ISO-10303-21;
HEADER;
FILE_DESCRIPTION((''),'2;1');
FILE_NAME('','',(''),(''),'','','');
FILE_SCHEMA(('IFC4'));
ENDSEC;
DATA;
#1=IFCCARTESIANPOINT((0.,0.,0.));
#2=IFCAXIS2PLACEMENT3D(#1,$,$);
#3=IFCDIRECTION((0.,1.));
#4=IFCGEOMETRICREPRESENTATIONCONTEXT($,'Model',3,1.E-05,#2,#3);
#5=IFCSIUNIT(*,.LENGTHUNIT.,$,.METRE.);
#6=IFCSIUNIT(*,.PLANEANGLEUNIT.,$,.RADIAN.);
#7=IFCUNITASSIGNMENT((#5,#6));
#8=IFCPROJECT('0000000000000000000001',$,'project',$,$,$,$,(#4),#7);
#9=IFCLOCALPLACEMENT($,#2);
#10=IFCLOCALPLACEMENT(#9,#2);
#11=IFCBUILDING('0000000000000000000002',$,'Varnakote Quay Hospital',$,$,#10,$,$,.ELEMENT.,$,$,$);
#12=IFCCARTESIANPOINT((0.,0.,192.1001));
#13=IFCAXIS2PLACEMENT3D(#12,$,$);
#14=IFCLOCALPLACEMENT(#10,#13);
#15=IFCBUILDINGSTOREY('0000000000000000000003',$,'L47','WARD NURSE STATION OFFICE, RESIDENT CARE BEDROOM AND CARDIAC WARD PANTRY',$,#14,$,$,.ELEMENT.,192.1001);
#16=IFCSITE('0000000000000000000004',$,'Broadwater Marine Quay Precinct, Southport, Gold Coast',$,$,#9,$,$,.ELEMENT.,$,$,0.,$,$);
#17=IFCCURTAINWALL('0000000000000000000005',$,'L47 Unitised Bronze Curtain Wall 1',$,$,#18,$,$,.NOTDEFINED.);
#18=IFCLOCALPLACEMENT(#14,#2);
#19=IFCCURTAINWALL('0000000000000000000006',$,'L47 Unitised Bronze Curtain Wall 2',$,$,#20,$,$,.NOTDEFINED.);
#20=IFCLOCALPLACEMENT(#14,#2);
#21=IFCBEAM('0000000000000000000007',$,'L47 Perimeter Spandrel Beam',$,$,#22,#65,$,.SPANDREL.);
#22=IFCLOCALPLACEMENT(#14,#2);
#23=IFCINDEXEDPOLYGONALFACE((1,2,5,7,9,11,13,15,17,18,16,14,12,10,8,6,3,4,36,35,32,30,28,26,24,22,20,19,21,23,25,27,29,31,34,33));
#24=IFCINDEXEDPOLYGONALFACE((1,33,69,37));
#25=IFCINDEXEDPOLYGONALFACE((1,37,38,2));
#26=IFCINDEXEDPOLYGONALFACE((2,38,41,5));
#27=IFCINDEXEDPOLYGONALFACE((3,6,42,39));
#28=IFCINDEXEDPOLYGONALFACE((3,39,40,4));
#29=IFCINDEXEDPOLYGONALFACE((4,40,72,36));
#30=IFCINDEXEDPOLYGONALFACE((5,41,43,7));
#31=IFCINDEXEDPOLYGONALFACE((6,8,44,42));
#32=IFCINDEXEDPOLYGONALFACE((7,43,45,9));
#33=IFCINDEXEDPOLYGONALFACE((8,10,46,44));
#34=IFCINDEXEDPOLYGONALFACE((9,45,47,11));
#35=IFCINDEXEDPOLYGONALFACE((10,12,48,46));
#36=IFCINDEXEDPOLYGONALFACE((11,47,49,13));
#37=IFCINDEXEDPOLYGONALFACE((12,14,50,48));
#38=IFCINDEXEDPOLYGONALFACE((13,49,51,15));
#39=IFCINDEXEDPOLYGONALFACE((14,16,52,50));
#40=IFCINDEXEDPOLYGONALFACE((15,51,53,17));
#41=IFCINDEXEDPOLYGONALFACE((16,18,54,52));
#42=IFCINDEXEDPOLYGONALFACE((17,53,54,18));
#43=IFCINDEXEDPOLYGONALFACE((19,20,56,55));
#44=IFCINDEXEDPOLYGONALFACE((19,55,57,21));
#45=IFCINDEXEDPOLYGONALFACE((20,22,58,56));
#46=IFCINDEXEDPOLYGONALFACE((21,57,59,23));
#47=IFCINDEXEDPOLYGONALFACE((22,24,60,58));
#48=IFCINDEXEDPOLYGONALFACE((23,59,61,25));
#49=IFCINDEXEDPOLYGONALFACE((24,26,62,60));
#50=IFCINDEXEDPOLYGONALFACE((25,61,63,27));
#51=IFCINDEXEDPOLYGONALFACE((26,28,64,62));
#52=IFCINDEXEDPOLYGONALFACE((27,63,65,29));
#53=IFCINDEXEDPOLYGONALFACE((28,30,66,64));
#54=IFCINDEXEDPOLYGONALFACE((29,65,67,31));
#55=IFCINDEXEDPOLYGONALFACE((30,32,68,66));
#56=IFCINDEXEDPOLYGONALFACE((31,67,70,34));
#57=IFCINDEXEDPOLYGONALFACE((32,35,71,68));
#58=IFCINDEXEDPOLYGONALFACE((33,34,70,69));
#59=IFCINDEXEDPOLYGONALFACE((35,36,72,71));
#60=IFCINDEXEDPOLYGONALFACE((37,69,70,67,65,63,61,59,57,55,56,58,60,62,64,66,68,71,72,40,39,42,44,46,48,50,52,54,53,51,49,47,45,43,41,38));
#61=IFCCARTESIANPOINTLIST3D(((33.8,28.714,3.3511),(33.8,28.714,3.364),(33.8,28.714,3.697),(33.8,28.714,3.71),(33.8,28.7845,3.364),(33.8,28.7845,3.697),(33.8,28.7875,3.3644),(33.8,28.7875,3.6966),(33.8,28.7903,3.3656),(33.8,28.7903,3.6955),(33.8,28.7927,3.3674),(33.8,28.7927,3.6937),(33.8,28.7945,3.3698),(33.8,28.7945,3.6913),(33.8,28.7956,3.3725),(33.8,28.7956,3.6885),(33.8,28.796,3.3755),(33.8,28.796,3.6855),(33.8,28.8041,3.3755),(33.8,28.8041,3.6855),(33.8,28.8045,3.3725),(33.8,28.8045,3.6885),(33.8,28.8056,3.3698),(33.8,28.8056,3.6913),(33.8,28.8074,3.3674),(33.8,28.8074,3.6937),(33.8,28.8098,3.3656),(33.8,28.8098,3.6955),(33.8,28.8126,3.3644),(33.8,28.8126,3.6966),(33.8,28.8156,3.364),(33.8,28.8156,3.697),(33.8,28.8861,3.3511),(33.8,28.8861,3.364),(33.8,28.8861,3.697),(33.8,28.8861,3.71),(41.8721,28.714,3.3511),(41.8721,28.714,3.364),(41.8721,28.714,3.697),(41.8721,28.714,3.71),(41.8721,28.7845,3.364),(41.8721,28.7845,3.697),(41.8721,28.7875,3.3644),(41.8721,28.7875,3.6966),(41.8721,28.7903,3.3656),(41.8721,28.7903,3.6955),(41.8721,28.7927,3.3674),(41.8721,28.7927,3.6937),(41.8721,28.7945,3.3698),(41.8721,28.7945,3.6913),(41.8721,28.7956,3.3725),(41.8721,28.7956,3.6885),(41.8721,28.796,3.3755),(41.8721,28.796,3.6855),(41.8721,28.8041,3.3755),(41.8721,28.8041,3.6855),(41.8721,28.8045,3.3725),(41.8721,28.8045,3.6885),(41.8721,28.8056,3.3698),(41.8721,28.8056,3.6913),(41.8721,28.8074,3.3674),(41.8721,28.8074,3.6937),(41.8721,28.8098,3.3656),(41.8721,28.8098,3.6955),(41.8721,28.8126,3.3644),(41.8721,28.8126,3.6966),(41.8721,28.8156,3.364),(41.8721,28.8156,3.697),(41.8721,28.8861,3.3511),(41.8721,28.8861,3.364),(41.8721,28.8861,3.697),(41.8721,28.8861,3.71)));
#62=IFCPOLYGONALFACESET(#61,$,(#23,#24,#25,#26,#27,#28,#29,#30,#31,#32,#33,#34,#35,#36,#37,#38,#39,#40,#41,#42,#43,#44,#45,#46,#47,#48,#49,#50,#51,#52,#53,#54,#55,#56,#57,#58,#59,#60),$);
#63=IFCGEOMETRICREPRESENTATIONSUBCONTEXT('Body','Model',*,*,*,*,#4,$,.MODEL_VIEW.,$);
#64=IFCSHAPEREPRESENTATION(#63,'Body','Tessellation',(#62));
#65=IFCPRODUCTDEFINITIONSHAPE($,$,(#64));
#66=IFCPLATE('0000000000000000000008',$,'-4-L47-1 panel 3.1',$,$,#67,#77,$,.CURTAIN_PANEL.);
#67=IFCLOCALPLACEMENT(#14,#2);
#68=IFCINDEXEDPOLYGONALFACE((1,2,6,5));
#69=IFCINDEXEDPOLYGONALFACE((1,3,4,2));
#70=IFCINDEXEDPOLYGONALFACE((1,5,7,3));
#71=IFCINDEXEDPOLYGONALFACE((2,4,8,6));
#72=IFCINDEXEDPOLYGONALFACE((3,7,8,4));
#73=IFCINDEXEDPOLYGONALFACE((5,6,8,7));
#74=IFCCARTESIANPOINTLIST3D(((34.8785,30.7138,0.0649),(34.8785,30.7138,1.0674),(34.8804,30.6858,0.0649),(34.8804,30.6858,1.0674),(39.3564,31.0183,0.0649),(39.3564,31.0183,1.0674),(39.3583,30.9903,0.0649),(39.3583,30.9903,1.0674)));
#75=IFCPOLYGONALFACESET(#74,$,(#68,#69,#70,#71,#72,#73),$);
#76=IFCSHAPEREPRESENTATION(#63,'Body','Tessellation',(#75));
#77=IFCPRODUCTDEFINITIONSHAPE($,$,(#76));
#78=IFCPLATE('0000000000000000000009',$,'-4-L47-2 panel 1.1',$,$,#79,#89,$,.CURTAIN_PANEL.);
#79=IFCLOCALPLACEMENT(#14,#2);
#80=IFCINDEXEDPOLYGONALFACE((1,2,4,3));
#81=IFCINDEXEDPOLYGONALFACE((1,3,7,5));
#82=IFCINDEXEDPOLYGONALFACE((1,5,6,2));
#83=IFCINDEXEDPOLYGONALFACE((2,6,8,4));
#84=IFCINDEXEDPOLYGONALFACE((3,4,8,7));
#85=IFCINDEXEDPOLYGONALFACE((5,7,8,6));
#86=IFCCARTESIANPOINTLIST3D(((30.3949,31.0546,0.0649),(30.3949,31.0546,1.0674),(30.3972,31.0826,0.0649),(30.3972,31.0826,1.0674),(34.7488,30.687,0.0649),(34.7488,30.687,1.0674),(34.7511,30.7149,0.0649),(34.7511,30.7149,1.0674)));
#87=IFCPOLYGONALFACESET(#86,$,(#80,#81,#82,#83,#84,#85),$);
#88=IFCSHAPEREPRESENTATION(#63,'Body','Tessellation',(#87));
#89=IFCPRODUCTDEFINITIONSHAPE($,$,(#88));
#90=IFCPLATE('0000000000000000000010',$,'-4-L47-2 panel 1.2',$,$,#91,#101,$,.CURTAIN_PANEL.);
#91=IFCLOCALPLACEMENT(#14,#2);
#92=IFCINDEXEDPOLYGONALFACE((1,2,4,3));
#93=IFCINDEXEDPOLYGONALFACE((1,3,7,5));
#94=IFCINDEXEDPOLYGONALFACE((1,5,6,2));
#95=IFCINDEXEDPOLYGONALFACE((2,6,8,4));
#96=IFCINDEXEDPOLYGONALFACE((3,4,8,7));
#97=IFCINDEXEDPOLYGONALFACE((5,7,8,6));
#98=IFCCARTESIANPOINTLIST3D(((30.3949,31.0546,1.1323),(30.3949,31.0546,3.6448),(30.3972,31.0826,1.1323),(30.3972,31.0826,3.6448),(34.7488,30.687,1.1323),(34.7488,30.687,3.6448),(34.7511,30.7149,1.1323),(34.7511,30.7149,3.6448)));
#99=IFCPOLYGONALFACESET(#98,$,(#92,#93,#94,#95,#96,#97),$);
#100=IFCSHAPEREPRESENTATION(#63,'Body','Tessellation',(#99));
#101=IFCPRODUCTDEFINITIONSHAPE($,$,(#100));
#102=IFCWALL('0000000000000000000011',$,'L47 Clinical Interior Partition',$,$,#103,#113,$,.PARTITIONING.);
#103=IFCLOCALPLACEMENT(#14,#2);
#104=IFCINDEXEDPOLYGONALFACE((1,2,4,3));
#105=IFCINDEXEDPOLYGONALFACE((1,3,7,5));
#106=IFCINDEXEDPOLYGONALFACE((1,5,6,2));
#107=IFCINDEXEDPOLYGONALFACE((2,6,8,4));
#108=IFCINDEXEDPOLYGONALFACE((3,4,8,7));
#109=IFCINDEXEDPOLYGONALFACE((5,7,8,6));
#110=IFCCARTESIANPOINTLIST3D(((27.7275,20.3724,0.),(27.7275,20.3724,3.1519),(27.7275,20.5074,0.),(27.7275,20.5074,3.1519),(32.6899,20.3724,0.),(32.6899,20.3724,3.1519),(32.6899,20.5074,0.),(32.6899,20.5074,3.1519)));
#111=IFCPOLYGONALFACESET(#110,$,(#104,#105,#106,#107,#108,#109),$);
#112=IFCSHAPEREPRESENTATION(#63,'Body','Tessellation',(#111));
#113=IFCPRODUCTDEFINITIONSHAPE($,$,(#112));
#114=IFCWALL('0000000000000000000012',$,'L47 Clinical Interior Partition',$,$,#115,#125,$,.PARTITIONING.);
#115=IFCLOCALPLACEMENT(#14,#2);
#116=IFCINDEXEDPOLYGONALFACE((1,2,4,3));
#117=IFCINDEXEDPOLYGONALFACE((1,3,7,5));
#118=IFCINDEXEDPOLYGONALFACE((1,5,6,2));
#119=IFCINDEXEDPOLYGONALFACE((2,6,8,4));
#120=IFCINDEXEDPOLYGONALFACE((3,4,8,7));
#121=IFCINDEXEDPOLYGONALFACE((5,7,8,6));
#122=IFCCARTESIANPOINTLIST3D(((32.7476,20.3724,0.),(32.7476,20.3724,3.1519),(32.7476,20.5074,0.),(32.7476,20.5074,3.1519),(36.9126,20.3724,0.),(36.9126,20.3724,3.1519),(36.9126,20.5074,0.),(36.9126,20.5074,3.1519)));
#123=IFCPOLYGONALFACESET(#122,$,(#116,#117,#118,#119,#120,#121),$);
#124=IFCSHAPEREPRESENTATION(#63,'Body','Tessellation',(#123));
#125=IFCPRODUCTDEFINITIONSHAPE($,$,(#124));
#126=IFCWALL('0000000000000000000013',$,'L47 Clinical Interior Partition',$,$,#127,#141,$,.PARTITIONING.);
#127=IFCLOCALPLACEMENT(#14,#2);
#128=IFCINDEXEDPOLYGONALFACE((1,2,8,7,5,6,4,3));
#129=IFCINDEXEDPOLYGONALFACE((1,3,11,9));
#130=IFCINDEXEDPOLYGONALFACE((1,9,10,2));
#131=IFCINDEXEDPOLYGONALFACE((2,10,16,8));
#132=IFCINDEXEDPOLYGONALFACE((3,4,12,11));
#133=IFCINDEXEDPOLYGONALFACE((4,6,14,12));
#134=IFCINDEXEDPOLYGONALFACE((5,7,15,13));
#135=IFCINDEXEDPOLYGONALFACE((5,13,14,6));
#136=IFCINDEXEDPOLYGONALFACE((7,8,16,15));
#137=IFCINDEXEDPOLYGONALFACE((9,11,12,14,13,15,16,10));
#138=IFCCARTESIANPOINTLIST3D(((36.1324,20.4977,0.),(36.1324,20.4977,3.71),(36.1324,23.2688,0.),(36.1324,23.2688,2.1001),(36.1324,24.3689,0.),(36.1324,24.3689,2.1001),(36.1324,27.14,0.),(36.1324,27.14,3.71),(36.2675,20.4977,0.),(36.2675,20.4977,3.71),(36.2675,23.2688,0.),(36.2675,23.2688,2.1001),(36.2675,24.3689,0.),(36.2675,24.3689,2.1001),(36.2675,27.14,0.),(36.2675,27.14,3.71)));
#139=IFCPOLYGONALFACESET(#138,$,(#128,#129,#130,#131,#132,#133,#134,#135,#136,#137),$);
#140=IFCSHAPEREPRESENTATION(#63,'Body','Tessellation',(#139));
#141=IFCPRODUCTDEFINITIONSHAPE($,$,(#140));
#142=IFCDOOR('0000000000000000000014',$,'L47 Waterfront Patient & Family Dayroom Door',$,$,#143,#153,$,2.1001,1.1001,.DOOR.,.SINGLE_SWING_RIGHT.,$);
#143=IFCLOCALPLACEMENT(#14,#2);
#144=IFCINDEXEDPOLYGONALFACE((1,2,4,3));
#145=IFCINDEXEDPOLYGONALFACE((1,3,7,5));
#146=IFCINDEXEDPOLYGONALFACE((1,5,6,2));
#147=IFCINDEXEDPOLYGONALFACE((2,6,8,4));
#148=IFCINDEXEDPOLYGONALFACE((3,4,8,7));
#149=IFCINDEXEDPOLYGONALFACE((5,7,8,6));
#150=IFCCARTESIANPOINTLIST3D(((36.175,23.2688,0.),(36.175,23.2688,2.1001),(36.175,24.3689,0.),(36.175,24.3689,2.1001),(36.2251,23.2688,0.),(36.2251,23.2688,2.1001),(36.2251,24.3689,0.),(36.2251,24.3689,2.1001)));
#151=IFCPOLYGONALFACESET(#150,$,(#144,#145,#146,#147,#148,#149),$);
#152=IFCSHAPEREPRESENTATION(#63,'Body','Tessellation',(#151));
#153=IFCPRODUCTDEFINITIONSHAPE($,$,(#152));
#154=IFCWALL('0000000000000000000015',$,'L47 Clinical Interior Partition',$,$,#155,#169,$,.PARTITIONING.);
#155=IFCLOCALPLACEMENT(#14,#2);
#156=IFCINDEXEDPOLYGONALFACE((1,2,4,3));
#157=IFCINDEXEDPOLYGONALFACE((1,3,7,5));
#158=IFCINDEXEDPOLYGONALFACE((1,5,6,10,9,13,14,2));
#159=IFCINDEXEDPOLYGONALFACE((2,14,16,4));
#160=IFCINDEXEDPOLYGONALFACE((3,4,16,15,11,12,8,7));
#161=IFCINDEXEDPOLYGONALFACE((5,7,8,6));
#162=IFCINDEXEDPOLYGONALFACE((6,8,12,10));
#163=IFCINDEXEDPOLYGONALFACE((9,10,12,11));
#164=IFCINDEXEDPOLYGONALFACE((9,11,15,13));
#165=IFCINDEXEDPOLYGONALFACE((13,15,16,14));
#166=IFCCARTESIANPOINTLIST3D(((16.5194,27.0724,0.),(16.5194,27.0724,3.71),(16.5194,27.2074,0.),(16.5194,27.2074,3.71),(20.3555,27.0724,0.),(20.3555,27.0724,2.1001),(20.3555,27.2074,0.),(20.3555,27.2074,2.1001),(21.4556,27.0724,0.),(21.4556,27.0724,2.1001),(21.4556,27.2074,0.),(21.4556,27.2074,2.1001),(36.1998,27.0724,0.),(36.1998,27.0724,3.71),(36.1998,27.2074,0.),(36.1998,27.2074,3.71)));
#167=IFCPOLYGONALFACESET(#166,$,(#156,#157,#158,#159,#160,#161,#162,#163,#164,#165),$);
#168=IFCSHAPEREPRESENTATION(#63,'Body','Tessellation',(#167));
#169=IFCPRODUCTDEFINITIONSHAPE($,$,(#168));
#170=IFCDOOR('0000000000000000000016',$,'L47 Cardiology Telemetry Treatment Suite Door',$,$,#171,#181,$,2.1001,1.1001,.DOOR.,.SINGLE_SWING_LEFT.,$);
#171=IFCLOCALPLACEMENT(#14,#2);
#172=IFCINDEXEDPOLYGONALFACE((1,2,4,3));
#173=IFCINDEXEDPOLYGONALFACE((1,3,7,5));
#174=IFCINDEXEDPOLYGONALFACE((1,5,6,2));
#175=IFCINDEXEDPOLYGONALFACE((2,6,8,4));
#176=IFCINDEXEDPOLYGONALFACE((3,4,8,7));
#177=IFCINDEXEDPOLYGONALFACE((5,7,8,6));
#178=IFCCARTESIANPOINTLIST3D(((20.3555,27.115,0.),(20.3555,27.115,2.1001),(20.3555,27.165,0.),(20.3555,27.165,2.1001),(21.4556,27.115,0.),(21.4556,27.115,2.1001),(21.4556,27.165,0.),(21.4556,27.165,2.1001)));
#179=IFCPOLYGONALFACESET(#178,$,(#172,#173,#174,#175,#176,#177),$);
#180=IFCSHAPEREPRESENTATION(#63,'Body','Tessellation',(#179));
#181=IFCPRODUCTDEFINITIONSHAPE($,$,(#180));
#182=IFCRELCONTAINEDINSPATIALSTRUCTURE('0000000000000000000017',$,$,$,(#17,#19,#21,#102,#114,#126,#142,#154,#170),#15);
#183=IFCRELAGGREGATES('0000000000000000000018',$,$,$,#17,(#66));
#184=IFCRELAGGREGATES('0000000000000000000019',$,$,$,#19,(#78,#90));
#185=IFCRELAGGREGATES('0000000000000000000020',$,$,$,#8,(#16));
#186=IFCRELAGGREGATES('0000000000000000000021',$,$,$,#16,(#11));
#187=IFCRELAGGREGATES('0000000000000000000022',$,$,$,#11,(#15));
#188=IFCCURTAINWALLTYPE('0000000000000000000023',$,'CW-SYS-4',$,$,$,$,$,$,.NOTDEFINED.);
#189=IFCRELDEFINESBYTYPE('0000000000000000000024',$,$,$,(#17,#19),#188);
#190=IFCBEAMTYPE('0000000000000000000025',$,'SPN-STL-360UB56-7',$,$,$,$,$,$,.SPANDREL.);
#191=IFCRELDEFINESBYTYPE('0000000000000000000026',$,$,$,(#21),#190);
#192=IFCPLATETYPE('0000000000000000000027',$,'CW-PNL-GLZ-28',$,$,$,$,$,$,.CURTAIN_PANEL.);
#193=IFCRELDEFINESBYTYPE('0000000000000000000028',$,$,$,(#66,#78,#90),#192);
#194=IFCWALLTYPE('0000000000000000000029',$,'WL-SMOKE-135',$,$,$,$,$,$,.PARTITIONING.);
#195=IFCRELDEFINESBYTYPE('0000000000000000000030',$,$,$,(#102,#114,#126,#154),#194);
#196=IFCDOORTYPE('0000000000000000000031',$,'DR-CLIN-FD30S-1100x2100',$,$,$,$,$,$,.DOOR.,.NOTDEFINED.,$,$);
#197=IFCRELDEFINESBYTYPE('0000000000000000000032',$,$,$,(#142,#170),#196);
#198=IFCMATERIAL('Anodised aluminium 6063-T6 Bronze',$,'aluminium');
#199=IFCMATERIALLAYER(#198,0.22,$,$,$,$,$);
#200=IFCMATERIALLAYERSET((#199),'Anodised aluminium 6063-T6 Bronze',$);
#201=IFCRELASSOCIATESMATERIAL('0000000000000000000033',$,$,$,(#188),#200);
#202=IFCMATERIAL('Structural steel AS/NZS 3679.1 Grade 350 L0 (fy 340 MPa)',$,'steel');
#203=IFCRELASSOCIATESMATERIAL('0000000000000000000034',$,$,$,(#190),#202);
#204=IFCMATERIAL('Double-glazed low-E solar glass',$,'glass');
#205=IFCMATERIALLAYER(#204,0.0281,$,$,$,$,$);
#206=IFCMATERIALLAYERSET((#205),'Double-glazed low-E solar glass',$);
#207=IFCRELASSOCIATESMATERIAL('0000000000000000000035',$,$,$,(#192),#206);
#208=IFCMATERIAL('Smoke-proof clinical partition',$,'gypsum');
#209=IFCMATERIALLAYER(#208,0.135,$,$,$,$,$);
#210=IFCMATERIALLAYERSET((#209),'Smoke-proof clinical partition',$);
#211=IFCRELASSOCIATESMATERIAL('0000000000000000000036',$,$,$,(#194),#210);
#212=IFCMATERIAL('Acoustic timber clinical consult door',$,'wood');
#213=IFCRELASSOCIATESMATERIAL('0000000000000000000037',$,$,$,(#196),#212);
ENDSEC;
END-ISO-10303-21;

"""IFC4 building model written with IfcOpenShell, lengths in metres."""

from ifc_helpers import new_model, si_unit, direction, frame, frame_2d, origin, origin_2d, place, context, subcontext, project, spatial, rectangle, i_section, extrude, material, layer, layer_set, material_profile, profile_set, type_object, element, fill, aggregate, save


model = new_model("IFC4")

# Units and contexts
model_context = context("Model", 3, precision=1e-05, world=origin(), true_north=direction((0.0, 1.0)))
body_context = subcontext(model_context, "Body", "Model", "MODEL_VIEW")
ifc_project = project(units=[si_unit("LENGTHUNIT", "METRE"), si_unit("PLANEANGLEUNIT", "RADIAN")], contexts=[model_context])

# Site, building, storey
site_placement = place(None, origin())
site = spatial("IfcSite", under=ifc_project, at=site_placement, Name="Broadwater Marine Quay Precinct, Southport, Gold Coast", CompositionType="ELEMENT", RefElevation=0.0)
building_placement = place(site_placement, origin())
building = spatial("IfcBuilding", under=site, at=building_placement, Name="Varnakote Quay Hospital", CompositionType="ELEMENT")
storey_placement = place(building_placement, frame((0.0, 0.0, 192.1001)))
storey = spatial("IfcBuildingStorey", under=building, at=storey_placement, Name="L47", Description="WARD NURSE STATION OFFICE, RESIDENT CARE BEDROOM AND CARDIAC WARD PANTRY", CompositionType="ELEMENT", Elevation=192.1001)

# Curtain wall
ifc_material_1 = material(Name="Anodised aluminium 6063-T6 Bronze", Category="aluminium")
ifc_layer_1 = layer(ifc_material_1, 0.22)
ifc_layer_set_1 = layer_set([ifc_layer_1], Name="Anodised aluminium 6063-T6 Bronze")
curtain_wall_type = type_object("IfcCurtainWallType", Name="CW-SYS-4", PredefinedType="NOTDEFINED", material=ifc_layer_set_1)
curtain_wall_1_placement = place(storey_placement, origin())
curtain_wall_1 = element("IfcCurtainWall", 1, at=curtain_wall_1_placement, inside=storey, type_object=curtain_wall_type, Name="L47 Unitised Bronze Curtain Wall 1", PredefinedType="NOTDEFINED")

# Curtain wall
curtain_wall_2_placement = place(storey_placement, origin())
curtain_wall_2 = element("IfcCurtainWall", 2, at=curtain_wall_2_placement, inside=storey, type_object=curtain_wall_type, Name="L47 Unitised Bronze Curtain Wall 2", PredefinedType="NOTDEFINED")

# Beam
ifc_material_2 = material(Name="Structural steel AS/NZS 3679.1 Grade 350 L0 (fy 340 MPa)", Category="steel")
ifc_material_profile_1 = material_profile(ifc_material_2, i_section(OverallWidth=0.1721, OverallDepth=0.3589, WebThickness=0.0081, FlangeThickness=0.0129, FilletRadius=0.0115, at=origin_2d()), Name="360UB56.7")
ifc_profile_set_1 = profile_set([ifc_material_profile_1], Name="Structural steel AS/NZS 3679.1 Grade 350 L0 (fy 340 MPa)")
beam_type_1 = type_object("IfcBeamType", Name="SPN-STL-360UB56-7", PredefinedType="SPANDREL", material=ifc_profile_set_1)
beam_1_placement = place(storey_placement, frame((33.8, 28.8, 3.5305), z_axis=(1.0, 0.0, 0.0), x_axis=(0.0, 1.0, 0.0)))
element("IfcBeam", 3, at=beam_1_placement, inside=storey, type_object=beam_type_1, Name="L47 Perimeter Spandrel Beam", PredefinedType="SPANDREL", context=body_context, shape_type="SweptSolid", body=[
    extrude(i_section(OverallWidth=0.1721, OverallDepth=0.3589, WebThickness=0.0081, FlangeThickness=0.0129, FilletRadius=0.0115, at=origin_2d()), origin(), (0.0, 0.0, 1.0), 8.072),
])

# Plates
ifc_material_3 = material(Name="Double-glazed low-E solar glass", Category="glass")
ifc_layer_2 = layer(ifc_material_3, 0.0281)
ifc_layer_set_2 = layer_set([ifc_layer_2], Name="Double-glazed low-E solar glass")
plate_type = type_object("IfcPlateType", Name="CW-PNL-GLZ-28", PredefinedType="CURTAIN_PANEL", material=ifc_layer_set_2)
plate_1_placement = place(storey_placement, frame((37.1184, 30.8521, 0.0649), z_axis=(0.0, 0.0, 1.0), x_axis=(-0.997696, -0.067842, 0.0)))
plate_1 = element("IfcPlate", 4, at=plate_1_placement, type_object=plate_type, Name="-4-L47-1 panel 3.1", PredefinedType="CURTAIN_PANEL", context=body_context, shape_type="SweptSolid", body=[
    extrude(rectangle(XDim=4.4883, YDim=0.0281, at=origin_2d()), origin(), (0.0, 0.0, 1.0), 1.0024),
])
aggregate(curtain_wall_1, [plate_1])
plate_2_placement = place(storey_placement, frame((32.573, 30.8848, 0.0649), z_axis=(0.0, 0.0, 1.0), x_axis=(-0.996454, 0.084136, 0.0)))
plate_2 = element("IfcPlate", 5, at=plate_2_placement, type_object=plate_type, Name="-4-L47-2 panel 1.1", PredefinedType="CURTAIN_PANEL", context=body_context, shape_type="SweptSolid", body=[
    extrude(rectangle(XDim=4.3694, YDim=0.0281, at=origin_2d()), origin(), (0.0, 0.0, 1.0), 1.0024),
])
plate_3_placement = place(storey_placement, frame((32.573, 30.8848, 1.1323), z_axis=(0.0, 0.0, 1.0), x_axis=(-0.996454, 0.084136, 0.0)))
plate_3 = element("IfcPlate", 6, at=plate_3_placement, type_object=plate_type, Name="-4-L47-2 panel 1.2", PredefinedType="CURTAIN_PANEL", context=body_context, shape_type="SweptSolid", body=[
    extrude(rectangle(XDim=4.3694, YDim=0.0281, at=origin_2d()), origin(), (0.0, 0.0, 1.0), 2.5125),
])
aggregate(curtain_wall_2, [plate_2, plate_3])

# Walls
ifc_material_4 = material(Name="Smoke-proof clinical partition", Category="gypsum")
ifc_layer_3 = layer(ifc_material_4, 0.135)
ifc_layer_set_3 = layer_set([ifc_layer_3], Name="Smoke-proof clinical partition")
wall_type = type_object("IfcWallType", Name="WL-SMOKE-135", PredefinedType="PARTITIONING", material=ifc_layer_set_3)
wall_1_placement = place(storey_placement, frame((32.6899, 20.4399, 0.0), z_axis=(0.0, 0.0, 1.0), x_axis=(-1.0, 0.0, 0.0)))
element("IfcWall", 7, at=wall_1_placement, inside=storey, type_object=wall_type, Name="L47 Clinical Interior Partition", PredefinedType="PARTITIONING", context=body_context, shape_type="SweptSolid", body=[
    extrude(rectangle(XDim=4.9624, YDim=0.135, at=frame_2d((2.4812, 0.0))), origin(), (0.0, 0.0, 1.0), 3.1519),
])
wall_2_placement = place(storey_placement, frame((36.9126, 20.4399, 0.0), z_axis=(0.0, 0.0, 1.0), x_axis=(-1.0, 0.0, 0.0)))
element("IfcWall", 8, at=wall_2_placement, inside=storey, type_object=wall_type, Name="L47 Clinical Interior Partition", PredefinedType="PARTITIONING", context=body_context, shape_type="SweptSolid", body=[
    extrude(rectangle(XDim=4.165, YDim=0.135, at=frame_2d((2.0825, 0.0))), origin(), (0.0, 0.0, 1.0), 3.1519),
])

# Walls, openings, doors
wall_3_placement = place(storey_placement, frame((36.2, 20.4976, 0.0), z_axis=(0.0, 0.0, 1.0), x_axis=(0.0, 1.0, 0.0)))
wall_3 = element("IfcWall", 9, at=wall_3_placement, inside=storey, type_object=wall_type, Name="L47 Clinical Interior Partition", PredefinedType="PARTITIONING", context=body_context, shape_type="SweptSolid", body=[
    extrude(rectangle(XDim=6.6423, YDim=0.135, at=frame_2d((3.3213, 0.0))), origin(), (0.0, 0.0, 1.0), 3.71),
])
opening_1_placement = place(wall_3_placement, frame((2.7712, 0.0, 0.0)))
opening_1 = element("IfcOpeningElement", 10, at=opening_1_placement, cuts=wall_3, PredefinedType="OPENING", context=body_context, shape_type="SweptSolid", body=[
    extrude(rectangle(XDim=1.1001, YDim=2.1001, at=frame_2d((0.55, 1.05))), frame((0.0, 0.0774, 0.0), z_axis=(0.0, -1.0, 0.0), x_axis=(1.0, 0.0, 0.0)), (0.0, 0.0, 1.0), 0.155),
])
ifc_material_5 = material(Name="Acoustic timber clinical consult door", Category="wood")
door_type = type_object("IfcDoorType", Name="DR-CLIN-FD30S-1100x2100", OperationType="NOTDEFINED", PredefinedType="DOOR", material=ifc_material_5)
door_1_placement = place(opening_1_placement, origin())
door_1 = element("IfcDoor", 11, at=door_1_placement, inside=storey, type_object=door_type, Name="L47 Waterfront Patient & Family Dayroom Door", OperationType="SINGLE_SWING_RIGHT", OverallHeight=2.1001, OverallWidth=1.1001, PredefinedType="DOOR", context=body_context, shape_type="SweptSolid", body=[
    extrude(rectangle(XDim=1.1001, YDim=2.1001, at=frame_2d((0.55, 1.05))), frame((0.0, 0.0249, 0.0), z_axis=(0.0, -1.0, 0.0), x_axis=(1.0, 0.0, 0.0)), (0.0, 0.0, 1.0), 0.05),
])
fill(opening_1, door_1)
wall_4_placement = place(storey_placement, frame((36.2, 27.1399, 0.0), z_axis=(0.0, 0.0, 1.0), x_axis=(-1.0, 0.0, 0.0)))
wall_4 = element("IfcWall", 12, at=wall_4_placement, inside=storey, type_object=wall_type, Name="L47 Clinical Interior Partition", PredefinedType="PARTITIONING", context=body_context, shape_type="SweptSolid", body=[
    extrude(rectangle(XDim=19.6804, YDim=0.135, at=frame_2d((9.8403, 0.0))), origin(), (0.0, 0.0, 1.0), 3.71),
])
opening_2_placement = place(wall_4_placement, frame((14.7444, 0.0, 0.0)))
opening_2 = element("IfcOpeningElement", 13, at=opening_2_placement, cuts=wall_4, PredefinedType="OPENING", context=body_context, shape_type="SweptSolid", body=[
    extrude(rectangle(XDim=1.1001, YDim=2.1001, at=frame_2d((0.55, 1.05))), frame((0.0, 0.0774, 0.0), z_axis=(0.0, -1.0, 0.0), x_axis=(1.0, 0.0, 0.0)), (0.0, 0.0, 1.0), 0.155),
])
door_2_placement = place(opening_2_placement, origin())
door_2 = element("IfcDoor", 14, at=door_2_placement, inside=storey, type_object=door_type, Name="L47 Cardiology Telemetry Treatment Suite Door", OperationType="SINGLE_SWING_LEFT", OverallHeight=2.1001, OverallWidth=1.1001, PredefinedType="DOOR", context=body_context, shape_type="SweptSolid", body=[
    extrude(rectangle(XDim=1.1001, YDim=2.1001, at=frame_2d((0.55, 1.05))), frame((0.0, 0.0249, 0.0), z_axis=(0.0, -1.0, 0.0), x_axis=(1.0, 0.0, 0.0)), (0.0, 0.0, 1.0), 0.05),
])
fill(opening_2, door_2)

save(model, "model.ifc")
